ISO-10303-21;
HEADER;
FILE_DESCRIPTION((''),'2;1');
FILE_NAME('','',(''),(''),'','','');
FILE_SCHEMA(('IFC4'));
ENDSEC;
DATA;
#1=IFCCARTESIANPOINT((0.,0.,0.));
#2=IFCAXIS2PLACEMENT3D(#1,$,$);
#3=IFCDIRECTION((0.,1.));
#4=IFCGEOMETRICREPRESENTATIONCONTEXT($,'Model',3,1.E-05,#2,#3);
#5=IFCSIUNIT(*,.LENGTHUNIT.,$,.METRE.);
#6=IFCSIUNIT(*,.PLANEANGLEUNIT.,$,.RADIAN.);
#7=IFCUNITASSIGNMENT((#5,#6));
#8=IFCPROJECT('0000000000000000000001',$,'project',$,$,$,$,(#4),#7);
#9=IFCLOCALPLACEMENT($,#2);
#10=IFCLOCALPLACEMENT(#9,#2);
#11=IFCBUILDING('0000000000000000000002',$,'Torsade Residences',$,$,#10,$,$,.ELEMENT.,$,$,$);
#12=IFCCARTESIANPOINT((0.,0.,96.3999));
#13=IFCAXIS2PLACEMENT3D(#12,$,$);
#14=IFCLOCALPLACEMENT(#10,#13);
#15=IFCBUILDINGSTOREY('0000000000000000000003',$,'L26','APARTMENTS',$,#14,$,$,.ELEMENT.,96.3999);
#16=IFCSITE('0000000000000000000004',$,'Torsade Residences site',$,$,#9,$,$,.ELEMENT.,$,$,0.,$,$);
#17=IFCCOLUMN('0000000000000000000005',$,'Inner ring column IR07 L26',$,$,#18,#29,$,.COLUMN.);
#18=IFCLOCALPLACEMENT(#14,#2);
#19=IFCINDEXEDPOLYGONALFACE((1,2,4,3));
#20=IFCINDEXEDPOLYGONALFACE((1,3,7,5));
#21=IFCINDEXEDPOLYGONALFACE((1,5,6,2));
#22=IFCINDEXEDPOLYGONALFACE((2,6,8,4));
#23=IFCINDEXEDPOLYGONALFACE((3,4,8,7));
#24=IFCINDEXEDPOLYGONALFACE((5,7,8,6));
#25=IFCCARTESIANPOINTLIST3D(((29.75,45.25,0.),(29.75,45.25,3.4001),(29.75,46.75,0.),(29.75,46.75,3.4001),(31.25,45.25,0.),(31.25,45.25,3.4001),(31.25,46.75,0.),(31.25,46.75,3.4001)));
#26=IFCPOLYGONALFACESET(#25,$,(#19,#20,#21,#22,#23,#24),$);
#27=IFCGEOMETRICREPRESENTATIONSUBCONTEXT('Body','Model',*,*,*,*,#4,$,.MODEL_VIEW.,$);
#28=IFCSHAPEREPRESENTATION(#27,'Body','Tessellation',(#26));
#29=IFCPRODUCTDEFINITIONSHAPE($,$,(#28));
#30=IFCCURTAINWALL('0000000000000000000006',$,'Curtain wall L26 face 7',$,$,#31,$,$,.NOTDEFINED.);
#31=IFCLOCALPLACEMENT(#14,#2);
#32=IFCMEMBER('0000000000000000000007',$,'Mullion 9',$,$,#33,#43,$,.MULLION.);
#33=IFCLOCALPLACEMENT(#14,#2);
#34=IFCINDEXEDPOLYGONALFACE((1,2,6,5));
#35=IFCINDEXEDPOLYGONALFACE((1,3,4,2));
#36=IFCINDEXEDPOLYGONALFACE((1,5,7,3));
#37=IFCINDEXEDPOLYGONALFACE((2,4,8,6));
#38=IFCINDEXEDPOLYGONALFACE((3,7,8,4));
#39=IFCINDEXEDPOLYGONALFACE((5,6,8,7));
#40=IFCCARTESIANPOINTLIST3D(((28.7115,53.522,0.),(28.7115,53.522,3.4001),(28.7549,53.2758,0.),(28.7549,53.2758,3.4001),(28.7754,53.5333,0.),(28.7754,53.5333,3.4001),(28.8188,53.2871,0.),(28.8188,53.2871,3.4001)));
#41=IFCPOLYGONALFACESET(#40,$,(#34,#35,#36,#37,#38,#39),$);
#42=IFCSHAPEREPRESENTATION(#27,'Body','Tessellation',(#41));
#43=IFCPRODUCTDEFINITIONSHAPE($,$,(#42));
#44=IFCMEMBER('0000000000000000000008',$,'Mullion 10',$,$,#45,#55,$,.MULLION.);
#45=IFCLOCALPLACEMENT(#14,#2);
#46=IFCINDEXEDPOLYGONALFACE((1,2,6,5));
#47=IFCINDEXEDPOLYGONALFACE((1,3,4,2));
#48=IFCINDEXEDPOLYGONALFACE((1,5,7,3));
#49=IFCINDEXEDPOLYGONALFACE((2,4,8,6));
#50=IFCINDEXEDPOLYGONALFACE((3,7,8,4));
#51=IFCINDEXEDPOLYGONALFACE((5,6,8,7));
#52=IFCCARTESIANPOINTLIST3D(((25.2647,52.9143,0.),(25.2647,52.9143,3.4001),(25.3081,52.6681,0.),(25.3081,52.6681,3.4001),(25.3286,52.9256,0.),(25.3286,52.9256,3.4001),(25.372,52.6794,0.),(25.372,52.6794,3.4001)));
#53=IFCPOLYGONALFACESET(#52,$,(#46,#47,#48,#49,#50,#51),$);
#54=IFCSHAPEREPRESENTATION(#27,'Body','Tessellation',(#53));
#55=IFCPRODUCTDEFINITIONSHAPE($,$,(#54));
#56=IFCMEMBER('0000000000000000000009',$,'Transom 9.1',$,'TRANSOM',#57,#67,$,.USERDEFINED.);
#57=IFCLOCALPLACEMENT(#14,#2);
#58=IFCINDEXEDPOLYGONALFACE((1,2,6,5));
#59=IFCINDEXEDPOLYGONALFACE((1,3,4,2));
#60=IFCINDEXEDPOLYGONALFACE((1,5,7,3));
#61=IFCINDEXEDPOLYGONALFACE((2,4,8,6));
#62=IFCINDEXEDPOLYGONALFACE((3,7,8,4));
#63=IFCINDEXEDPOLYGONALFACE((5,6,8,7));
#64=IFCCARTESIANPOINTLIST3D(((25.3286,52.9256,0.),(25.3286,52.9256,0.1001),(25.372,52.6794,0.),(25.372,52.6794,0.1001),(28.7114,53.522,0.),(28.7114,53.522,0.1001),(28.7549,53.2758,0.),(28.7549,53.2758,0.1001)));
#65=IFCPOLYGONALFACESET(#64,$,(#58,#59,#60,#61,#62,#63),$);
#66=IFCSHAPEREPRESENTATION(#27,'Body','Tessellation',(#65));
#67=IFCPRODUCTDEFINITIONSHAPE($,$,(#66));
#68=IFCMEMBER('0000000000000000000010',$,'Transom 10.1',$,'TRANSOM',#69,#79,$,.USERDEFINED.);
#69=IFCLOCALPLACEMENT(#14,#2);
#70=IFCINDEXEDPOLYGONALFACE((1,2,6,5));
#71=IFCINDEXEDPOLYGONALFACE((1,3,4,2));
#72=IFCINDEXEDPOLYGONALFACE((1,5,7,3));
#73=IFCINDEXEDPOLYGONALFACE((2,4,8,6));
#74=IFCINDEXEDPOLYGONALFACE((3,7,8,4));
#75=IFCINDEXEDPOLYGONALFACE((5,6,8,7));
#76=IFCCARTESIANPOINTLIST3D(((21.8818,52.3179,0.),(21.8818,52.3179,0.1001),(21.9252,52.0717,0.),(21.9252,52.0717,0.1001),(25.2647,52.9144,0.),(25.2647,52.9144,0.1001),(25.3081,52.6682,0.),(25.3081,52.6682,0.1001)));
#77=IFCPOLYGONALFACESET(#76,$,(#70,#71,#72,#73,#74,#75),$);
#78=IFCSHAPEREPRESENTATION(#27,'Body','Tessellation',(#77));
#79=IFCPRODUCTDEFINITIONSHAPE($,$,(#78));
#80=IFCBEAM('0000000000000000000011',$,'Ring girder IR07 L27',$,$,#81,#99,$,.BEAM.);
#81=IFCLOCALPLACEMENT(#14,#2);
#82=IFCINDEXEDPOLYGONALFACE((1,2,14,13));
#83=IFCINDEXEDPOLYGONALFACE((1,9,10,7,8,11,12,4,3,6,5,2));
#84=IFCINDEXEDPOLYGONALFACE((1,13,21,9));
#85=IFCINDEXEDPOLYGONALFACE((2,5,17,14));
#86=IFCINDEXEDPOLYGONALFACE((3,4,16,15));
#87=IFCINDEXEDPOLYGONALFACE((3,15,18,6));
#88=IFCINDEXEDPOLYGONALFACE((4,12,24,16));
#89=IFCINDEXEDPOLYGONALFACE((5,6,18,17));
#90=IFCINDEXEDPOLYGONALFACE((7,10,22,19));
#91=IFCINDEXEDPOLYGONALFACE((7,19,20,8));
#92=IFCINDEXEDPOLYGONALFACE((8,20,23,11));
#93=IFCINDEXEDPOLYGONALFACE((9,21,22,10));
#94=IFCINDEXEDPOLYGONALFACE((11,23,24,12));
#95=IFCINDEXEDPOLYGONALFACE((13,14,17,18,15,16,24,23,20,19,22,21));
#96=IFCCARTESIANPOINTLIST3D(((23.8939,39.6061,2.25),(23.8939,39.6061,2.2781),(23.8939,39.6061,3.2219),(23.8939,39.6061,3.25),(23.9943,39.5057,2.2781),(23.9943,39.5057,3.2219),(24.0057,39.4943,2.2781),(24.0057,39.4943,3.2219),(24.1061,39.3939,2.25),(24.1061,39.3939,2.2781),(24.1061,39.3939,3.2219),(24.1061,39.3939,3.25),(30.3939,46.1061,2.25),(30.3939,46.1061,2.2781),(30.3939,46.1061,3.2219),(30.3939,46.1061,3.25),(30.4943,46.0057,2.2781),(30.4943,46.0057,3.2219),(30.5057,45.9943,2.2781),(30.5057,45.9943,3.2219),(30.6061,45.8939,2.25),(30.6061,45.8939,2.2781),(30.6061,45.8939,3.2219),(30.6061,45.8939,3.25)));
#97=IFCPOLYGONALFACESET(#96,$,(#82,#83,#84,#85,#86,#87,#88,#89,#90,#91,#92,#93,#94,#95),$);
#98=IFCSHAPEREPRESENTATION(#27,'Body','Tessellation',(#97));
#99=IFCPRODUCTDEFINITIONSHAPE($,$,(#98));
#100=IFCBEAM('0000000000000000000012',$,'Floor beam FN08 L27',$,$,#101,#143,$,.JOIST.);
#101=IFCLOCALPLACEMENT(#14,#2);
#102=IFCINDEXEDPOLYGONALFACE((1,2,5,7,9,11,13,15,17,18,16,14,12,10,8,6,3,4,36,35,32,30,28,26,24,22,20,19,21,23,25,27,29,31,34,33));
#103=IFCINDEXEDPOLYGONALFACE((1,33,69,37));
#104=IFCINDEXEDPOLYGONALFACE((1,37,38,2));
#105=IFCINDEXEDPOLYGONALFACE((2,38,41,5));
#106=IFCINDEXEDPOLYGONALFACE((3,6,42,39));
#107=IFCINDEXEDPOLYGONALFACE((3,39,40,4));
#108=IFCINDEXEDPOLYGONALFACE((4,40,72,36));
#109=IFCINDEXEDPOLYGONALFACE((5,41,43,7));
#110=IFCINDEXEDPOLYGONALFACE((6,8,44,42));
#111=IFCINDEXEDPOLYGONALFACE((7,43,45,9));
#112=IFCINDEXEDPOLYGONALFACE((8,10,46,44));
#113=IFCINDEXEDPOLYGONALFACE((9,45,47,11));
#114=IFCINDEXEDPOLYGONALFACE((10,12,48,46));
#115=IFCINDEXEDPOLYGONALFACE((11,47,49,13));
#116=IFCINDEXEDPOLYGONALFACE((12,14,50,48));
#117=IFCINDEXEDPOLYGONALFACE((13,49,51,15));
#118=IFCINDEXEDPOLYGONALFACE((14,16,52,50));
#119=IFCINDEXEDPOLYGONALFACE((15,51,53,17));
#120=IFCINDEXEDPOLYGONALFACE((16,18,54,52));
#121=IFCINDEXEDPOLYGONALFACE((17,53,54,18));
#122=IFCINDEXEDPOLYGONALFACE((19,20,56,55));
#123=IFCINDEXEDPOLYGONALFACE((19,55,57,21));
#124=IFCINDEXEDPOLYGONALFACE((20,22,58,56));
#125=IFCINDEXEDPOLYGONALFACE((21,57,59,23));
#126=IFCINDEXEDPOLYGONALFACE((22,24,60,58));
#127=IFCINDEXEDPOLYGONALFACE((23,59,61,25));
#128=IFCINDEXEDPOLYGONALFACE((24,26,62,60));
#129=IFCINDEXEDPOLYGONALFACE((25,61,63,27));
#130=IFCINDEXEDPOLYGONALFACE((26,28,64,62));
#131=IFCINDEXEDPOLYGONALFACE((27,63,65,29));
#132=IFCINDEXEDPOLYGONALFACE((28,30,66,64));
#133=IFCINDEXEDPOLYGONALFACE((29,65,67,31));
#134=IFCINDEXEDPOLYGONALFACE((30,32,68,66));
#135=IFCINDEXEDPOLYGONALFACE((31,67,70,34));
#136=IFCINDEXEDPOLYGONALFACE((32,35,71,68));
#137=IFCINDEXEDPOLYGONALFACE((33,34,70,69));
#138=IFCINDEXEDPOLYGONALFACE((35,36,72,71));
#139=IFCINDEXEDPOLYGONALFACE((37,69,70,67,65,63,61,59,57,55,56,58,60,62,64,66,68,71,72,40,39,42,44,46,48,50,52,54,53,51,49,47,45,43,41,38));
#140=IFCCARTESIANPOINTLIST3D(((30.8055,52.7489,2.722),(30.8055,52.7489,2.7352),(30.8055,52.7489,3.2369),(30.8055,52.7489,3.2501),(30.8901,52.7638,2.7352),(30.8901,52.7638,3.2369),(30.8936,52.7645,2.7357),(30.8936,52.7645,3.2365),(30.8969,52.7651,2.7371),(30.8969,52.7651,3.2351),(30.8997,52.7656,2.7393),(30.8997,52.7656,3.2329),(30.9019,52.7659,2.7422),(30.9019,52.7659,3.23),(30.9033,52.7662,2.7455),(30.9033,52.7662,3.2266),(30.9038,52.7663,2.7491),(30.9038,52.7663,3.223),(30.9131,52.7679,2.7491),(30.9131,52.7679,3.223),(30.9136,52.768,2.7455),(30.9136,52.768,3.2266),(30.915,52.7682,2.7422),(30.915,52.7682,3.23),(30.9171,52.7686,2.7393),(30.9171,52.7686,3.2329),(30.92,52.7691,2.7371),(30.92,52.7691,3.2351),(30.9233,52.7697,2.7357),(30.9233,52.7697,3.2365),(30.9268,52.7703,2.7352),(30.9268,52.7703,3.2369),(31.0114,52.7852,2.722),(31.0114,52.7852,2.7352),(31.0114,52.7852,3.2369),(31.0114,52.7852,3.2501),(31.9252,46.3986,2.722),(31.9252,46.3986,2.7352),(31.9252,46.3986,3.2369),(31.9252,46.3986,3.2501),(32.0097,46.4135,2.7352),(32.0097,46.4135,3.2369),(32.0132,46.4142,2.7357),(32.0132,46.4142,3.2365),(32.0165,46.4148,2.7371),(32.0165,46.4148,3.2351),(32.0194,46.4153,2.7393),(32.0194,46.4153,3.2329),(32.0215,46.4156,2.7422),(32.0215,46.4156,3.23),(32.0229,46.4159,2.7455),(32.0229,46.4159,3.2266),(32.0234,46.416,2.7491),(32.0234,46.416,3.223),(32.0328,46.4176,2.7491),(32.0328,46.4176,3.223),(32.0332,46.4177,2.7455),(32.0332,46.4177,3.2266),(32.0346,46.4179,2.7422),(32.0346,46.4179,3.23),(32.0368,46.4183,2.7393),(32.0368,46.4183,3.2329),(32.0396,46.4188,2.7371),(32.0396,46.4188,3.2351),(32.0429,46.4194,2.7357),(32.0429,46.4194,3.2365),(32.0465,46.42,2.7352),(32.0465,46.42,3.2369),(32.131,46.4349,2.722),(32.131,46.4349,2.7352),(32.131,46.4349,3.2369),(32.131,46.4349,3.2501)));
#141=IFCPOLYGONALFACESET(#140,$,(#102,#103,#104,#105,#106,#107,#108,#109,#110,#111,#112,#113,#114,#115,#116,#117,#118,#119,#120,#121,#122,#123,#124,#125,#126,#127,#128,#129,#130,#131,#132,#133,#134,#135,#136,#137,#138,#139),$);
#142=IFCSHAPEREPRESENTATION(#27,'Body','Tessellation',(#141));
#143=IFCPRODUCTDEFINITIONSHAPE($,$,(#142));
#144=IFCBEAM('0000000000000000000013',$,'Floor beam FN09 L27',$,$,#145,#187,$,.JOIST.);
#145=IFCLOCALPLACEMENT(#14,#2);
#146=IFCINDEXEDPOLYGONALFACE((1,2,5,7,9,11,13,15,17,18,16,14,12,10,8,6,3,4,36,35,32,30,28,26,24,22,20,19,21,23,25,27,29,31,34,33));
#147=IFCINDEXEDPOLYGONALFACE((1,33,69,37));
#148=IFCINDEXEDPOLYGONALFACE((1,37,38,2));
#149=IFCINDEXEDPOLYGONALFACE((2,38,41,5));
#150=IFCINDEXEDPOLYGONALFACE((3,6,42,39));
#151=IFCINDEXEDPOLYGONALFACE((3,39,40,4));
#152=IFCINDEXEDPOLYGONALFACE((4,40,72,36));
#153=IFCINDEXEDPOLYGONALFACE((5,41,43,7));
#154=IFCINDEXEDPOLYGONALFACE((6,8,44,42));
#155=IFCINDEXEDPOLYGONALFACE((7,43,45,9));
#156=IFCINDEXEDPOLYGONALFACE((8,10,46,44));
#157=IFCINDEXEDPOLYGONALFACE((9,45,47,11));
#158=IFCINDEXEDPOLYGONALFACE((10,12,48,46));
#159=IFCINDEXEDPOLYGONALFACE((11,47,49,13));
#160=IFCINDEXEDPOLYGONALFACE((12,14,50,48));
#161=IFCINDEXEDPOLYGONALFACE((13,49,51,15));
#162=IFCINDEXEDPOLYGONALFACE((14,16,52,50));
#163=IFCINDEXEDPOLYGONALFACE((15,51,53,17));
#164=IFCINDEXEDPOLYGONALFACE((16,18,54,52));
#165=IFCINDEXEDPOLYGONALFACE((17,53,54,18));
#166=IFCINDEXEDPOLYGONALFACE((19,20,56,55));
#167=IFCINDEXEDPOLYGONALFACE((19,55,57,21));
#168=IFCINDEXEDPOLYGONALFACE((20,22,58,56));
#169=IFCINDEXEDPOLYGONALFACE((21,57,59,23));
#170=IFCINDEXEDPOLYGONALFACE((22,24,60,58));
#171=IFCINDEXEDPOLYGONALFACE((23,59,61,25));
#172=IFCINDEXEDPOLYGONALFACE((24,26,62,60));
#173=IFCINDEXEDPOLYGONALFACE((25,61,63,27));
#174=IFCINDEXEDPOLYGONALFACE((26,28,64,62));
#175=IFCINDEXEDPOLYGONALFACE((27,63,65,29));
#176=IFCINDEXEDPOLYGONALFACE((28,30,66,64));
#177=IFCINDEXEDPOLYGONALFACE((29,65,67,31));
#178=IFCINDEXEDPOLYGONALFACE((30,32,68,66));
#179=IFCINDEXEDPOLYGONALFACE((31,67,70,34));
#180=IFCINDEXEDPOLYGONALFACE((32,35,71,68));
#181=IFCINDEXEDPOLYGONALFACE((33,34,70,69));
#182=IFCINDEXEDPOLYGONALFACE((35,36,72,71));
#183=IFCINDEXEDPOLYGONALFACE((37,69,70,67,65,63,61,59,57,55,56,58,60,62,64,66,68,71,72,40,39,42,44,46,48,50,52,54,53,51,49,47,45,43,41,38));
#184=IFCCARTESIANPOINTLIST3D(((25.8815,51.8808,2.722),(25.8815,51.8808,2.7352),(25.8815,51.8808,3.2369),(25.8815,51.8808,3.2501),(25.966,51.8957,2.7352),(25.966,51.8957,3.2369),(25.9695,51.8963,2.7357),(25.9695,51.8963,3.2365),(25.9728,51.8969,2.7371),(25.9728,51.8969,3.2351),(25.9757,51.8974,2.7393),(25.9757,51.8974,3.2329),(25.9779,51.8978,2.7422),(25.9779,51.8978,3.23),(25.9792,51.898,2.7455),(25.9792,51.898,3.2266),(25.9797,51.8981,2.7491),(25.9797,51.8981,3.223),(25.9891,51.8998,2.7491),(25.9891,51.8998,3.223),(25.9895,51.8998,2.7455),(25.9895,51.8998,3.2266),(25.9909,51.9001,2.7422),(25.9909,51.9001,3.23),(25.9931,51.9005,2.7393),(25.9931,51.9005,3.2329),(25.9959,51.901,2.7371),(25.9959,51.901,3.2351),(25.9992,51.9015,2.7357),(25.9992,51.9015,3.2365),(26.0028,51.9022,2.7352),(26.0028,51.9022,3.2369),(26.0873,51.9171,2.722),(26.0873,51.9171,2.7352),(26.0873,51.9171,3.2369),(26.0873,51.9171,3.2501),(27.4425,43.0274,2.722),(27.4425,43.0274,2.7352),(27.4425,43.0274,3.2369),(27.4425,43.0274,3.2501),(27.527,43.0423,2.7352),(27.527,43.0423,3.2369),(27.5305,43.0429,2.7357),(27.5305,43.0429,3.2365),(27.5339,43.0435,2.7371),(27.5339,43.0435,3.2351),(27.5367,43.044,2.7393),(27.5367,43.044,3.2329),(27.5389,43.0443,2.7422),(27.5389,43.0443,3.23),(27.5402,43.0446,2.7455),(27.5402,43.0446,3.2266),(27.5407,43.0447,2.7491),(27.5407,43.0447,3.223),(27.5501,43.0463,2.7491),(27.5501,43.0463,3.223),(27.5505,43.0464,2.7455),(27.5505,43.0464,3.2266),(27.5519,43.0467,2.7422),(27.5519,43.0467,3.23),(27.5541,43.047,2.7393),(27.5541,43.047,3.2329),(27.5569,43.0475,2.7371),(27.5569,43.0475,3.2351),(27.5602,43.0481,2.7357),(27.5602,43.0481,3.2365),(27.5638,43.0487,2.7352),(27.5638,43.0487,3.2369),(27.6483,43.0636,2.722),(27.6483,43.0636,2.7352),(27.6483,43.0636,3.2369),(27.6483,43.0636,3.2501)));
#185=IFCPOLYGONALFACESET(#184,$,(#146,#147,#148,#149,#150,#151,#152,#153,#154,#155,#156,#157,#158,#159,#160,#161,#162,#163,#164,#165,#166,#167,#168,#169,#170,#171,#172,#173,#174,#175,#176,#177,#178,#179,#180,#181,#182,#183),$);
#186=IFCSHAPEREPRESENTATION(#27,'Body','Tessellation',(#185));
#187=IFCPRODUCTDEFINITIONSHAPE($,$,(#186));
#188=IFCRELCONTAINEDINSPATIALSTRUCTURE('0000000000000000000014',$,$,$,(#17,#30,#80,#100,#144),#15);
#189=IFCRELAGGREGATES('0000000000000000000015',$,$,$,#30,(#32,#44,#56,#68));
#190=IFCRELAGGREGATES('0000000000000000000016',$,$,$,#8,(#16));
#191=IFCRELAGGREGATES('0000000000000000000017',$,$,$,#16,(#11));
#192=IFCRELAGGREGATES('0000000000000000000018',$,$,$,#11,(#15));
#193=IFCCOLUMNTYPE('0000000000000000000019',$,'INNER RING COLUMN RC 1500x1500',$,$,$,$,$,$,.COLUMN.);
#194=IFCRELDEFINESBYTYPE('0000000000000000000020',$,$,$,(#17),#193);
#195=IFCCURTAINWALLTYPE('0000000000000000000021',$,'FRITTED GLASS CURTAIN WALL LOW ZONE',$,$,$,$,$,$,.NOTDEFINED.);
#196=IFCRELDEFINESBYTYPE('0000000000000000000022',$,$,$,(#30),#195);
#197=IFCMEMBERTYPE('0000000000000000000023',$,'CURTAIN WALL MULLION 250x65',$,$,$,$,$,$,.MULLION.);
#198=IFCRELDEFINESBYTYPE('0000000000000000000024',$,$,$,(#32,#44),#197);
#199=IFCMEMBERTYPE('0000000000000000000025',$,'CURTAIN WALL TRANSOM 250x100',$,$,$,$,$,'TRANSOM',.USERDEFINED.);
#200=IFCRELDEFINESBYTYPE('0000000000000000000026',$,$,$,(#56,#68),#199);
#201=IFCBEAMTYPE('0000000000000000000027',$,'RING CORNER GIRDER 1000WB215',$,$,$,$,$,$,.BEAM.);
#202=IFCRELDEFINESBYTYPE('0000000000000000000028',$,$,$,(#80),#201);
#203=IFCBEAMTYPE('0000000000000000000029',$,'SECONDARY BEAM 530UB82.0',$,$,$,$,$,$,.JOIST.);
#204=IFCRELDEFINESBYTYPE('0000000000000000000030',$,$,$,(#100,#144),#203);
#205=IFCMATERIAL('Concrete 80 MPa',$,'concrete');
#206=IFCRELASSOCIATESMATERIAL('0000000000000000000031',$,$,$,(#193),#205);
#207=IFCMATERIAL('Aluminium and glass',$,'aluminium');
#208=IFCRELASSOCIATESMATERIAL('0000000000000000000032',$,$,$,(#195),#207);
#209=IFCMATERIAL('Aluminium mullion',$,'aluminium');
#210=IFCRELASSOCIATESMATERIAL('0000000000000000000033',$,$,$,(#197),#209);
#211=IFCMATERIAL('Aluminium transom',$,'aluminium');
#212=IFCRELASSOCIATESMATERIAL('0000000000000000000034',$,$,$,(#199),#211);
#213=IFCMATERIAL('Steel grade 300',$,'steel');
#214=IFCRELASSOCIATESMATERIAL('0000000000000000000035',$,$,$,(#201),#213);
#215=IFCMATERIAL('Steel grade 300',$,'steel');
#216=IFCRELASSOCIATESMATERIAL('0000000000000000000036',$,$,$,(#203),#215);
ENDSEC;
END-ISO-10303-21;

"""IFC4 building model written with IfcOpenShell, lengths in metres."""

from ifc_helpers import new_model, si_unit, direction, frame, origin, origin_2d, place, context, subcontext, project, spatial, rectangle, i_section, extrude, material, material_profile, profile_set, type_object, element, aggregate, save


model = new_model("IFC4")

# Units and contexts
model_context = context("Model", 3, precision=1e-05, world=origin(), true_north=direction((0.0, 1.0)))
body_context = subcontext(model_context, "Body", "Model", "MODEL_VIEW")
ifc_project = project(units=[si_unit("LENGTHUNIT", "METRE"), si_unit("PLANEANGLEUNIT", "RADIAN")], contexts=[model_context])

# Site, building, storey
site_placement = place(None, origin())
site = spatial("IfcSite", under=ifc_project, at=site_placement, Name="Torsade Residences site", CompositionType="ELEMENT", RefElevation=0.0)
building_placement = place(site_placement, origin())
building = spatial("IfcBuilding", under=site, at=building_placement, Name="Torsade Residences", CompositionType="ELEMENT")
storey_placement = place(building_placement, frame((0.0, 0.0, 96.3999)))
storey = spatial("IfcBuildingStorey", under=building, at=storey_placement, Name="L26", Description="APARTMENTS", CompositionType="ELEMENT", Elevation=96.3999)

# Column
ifc_material_1 = material(Name="Concrete 80 MPa", Category="concrete")
ifc_material_profile_1 = material_profile(ifc_material_1, rectangle(XDim=1.5, YDim=1.5, at=origin_2d()), Name="RC 1500x1500")
ifc_profile_set_1 = profile_set([ifc_material_profile_1], Name="Concrete 80 MPa")
column_type = type_object("IfcColumnType", Name="INNER RING COLUMN RC 1500x1500", PredefinedType="COLUMN", material=ifc_profile_set_1)
column_placement = place(storey_placement, frame((30.5, 46.0, 0.0), z_axis=(0.0, 0.0, 1.0), x_axis=(1.0, 0.0, 0.0)))
element("IfcColumn", 1, at=column_placement, inside=storey, type_object=column_type, Name="Inner ring column IR07 L26", PredefinedType="COLUMN", context=body_context, shape_type="SweptSolid", body=[
    extrude(rectangle(XDim=1.5, YDim=1.5, at=origin_2d()), origin(), (0.0, 0.0, 1.0), 3.4001),
])

# Curtain wall, members
ifc_material_2 = material(Name="Aluminium and glass", Category="aluminium")
curtain_wall_type = type_object("IfcCurtainWallType", Name="FRITTED GLASS CURTAIN WALL LOW ZONE", PredefinedType="NOTDEFINED", material=ifc_material_2)
curtain_wall_placement = place(storey_placement, origin())
curtain_wall = element("IfcCurtainWall", 2, at=curtain_wall_placement, inside=storey, type_object=curtain_wall_type, Name="Curtain wall L26 face 7", PredefinedType="NOTDEFINED")
ifc_material_3 = material(Name="Aluminium mullion", Category="aluminium")
ifc_material_profile_2 = material_profile(ifc_material_3, rectangle(XDim=0.25, YDim=0.0649, at=origin_2d()), Name="CURTAIN WALL MULLION 250x65")
ifc_profile_set_2 = profile_set([ifc_material_profile_2], Name="Aluminium mullion")
member_type_1 = type_object("IfcMemberType", Name="CURTAIN WALL MULLION 250x65", PredefinedType="MULLION", material=ifc_profile_set_2)
member_1_placement = place(storey_placement, frame((28.7651, 53.4045, 0.0), z_axis=(0.0, 0.0, 1.0), x_axis=(0.173648, -0.984808, 0.0)))
member_1 = element("IfcMember", 3, at=member_1_placement, type_object=member_type_1, Name="Mullion 9", PredefinedType="MULLION", context=body_context, shape_type="SweptSolid", body=[
    extrude(rectangle(XDim=0.25, YDim=0.0649, at=origin_2d()), origin(), (0.0, 0.0, 1.0), 3.4001),
])
member_2_placement = place(storey_placement, frame((25.3184, 52.7969, 0.0), z_axis=(0.0, 0.0, 1.0), x_axis=(0.173648, -0.984808, 0.0)))
member_2 = element("IfcMember", 4, at=member_2_placement, type_object=member_type_1, Name="Mullion 10", PredefinedType="MULLION", context=body_context, shape_type="SweptSolid", body=[
    extrude(rectangle(XDim=0.25, YDim=0.0649, at=origin_2d()), origin(), (0.0, 0.0, 1.0), 3.4001),
])
ifc_material_4 = material(Name="Aluminium transom", Category="aluminium")
ifc_material_profile_3 = material_profile(ifc_material_4, rectangle(XDim=0.25, YDim=0.1001, at=origin_2d()), Name="CURTAIN WALL TRANSOM 250x100")
ifc_profile_set_3 = profile_set([ifc_material_profile_3], Name="Aluminium transom")
member_type_2 = type_object("IfcMemberType", Name="CURTAIN WALL TRANSOM 250x100", ElementType="TRANSOM", PredefinedType="USERDEFINED", material=ifc_profile_set_3)
member_3_placement = place(storey_placement, frame((28.7332, 53.3989, 0.05), z_axis=(-0.98481, -0.173635, 0.0), x_axis=(0.173635, -0.98481, 0.0)))
member_3 = element("IfcMember", 5, at=member_3_placement, type_object=member_type_2, Name="Transom 9.1", ObjectType="TRANSOM", PredefinedType="USERDEFINED", context=body_context, shape_type="SweptSolid", body=[
    extrude(rectangle(XDim=0.25, YDim=0.1001, at=origin_2d()), origin(), (0.0, 0.0, 1.0), 3.4351),
])
member_4_placement = place(storey_placement, frame((25.2864, 52.7913, 0.05), z_axis=(-0.98481, -0.173635, 0.0), x_axis=(0.173635, -0.98481, 0.0)))
member_4 = element("IfcMember", 6, at=member_4_placement, type_object=member_type_2, Name="Transom 10.1", ObjectType="TRANSOM", PredefinedType="USERDEFINED", context=body_context, shape_type="SweptSolid", body=[
    extrude(rectangle(XDim=0.25, YDim=0.1001, at=origin_2d()), origin(), (0.0, 0.0, 1.0), 3.4351),
])

# Beams
ifc_material_5 = material(Name="Steel grade 300", Category="steel")
ifc_material_profile_4 = material_profile(ifc_material_5, i_section(OverallWidth=0.3, OverallDepth=1.0, WebThickness=0.0161, FlangeThickness=0.0281, at=origin_2d()), Name="1000WB215")
ifc_profile_set_4 = profile_set([ifc_material_profile_4], Name="Steel grade 300")
beam_type_1 = type_object("IfcBeamType", Name="RING CORNER GIRDER 1000WB215", PredefinedType="BEAM", material=ifc_profile_set_4)
beam_1_placement = place(storey_placement, frame((30.5, 46.0, 2.75), z_axis=(-0.707107, -0.707107, 0.0), x_axis=(0.707107, -0.707107, 0.0)))
element("IfcBeam", 7, at=beam_1_placement, inside=storey, type_object=beam_type_1, Name="Ring girder IR07 L27", PredefinedType="BEAM", context=body_context, shape_type="SweptSolid", body=[
    extrude(i_section(OverallWidth=0.3, OverallDepth=1.0, WebThickness=0.0161, FlangeThickness=0.0281, at=origin_2d()), origin(), (0.0, 0.0, 1.0), 9.1924),
])
ifc_material_6 = material(Name="Steel grade 300", Category="steel")
ifc_material_profile_5 = material_profile(ifc_material_6, i_section(OverallWidth=0.209, OverallDepth=0.5281, WebThickness=0.0095, FlangeThickness=0.0132, FilletRadius=0.0139, at=origin_2d()), Name="530UB82.0")
ifc_profile_set_5 = profile_set([ifc_material_profile_5], Name="Steel grade 300")
beam_type_2 = type_object("IfcBeamType", Name="SECONDARY BEAM 530UB82.0", PredefinedType="JOIST", material=ifc_profile_set_5)
beam_2_placement = place(storey_placement, frame((30.9084, 52.7671, 2.9861), z_axis=(0.173632, -0.984811, 0.0), x_axis=(0.984811, 0.173632, 0.0)))
element("IfcBeam", 8, at=beam_2_placement, inside=storey, type_object=beam_type_2, Name="Floor beam FN08 L27", PredefinedType="JOIST", context=body_context, shape_type="SweptSolid", body=[
    extrude(i_section(OverallWidth=0.209, OverallDepth=0.5281, WebThickness=0.0095, FlangeThickness=0.0132, FilletRadius=0.0139, at=origin_2d()), origin(), (0.0, 0.0, 1.0), 6.4482),
])
beam_3_placement = place(storey_placement, frame((25.9844, 51.8989, 2.9861), z_axis=(0.17364, -0.984809, 0.0), x_axis=(0.984809, 0.17364, 0.0)))
element("IfcBeam", 9, at=beam_3_placement, inside=storey, type_object=beam_type_2, Name="Floor beam FN09 L27", PredefinedType="JOIST", context=body_context, shape_type="SweptSolid", body=[
    extrude(i_section(OverallWidth=0.209, OverallDepth=0.5281, WebThickness=0.0095, FlangeThickness=0.0132, FilletRadius=0.0139, at=origin_2d()), origin(), (0.0, 0.0, 1.0), 8.99),
])

aggregate(curtain_wall, [member_1, member_2, member_3, member_4])

save(model, "model.ifc")
